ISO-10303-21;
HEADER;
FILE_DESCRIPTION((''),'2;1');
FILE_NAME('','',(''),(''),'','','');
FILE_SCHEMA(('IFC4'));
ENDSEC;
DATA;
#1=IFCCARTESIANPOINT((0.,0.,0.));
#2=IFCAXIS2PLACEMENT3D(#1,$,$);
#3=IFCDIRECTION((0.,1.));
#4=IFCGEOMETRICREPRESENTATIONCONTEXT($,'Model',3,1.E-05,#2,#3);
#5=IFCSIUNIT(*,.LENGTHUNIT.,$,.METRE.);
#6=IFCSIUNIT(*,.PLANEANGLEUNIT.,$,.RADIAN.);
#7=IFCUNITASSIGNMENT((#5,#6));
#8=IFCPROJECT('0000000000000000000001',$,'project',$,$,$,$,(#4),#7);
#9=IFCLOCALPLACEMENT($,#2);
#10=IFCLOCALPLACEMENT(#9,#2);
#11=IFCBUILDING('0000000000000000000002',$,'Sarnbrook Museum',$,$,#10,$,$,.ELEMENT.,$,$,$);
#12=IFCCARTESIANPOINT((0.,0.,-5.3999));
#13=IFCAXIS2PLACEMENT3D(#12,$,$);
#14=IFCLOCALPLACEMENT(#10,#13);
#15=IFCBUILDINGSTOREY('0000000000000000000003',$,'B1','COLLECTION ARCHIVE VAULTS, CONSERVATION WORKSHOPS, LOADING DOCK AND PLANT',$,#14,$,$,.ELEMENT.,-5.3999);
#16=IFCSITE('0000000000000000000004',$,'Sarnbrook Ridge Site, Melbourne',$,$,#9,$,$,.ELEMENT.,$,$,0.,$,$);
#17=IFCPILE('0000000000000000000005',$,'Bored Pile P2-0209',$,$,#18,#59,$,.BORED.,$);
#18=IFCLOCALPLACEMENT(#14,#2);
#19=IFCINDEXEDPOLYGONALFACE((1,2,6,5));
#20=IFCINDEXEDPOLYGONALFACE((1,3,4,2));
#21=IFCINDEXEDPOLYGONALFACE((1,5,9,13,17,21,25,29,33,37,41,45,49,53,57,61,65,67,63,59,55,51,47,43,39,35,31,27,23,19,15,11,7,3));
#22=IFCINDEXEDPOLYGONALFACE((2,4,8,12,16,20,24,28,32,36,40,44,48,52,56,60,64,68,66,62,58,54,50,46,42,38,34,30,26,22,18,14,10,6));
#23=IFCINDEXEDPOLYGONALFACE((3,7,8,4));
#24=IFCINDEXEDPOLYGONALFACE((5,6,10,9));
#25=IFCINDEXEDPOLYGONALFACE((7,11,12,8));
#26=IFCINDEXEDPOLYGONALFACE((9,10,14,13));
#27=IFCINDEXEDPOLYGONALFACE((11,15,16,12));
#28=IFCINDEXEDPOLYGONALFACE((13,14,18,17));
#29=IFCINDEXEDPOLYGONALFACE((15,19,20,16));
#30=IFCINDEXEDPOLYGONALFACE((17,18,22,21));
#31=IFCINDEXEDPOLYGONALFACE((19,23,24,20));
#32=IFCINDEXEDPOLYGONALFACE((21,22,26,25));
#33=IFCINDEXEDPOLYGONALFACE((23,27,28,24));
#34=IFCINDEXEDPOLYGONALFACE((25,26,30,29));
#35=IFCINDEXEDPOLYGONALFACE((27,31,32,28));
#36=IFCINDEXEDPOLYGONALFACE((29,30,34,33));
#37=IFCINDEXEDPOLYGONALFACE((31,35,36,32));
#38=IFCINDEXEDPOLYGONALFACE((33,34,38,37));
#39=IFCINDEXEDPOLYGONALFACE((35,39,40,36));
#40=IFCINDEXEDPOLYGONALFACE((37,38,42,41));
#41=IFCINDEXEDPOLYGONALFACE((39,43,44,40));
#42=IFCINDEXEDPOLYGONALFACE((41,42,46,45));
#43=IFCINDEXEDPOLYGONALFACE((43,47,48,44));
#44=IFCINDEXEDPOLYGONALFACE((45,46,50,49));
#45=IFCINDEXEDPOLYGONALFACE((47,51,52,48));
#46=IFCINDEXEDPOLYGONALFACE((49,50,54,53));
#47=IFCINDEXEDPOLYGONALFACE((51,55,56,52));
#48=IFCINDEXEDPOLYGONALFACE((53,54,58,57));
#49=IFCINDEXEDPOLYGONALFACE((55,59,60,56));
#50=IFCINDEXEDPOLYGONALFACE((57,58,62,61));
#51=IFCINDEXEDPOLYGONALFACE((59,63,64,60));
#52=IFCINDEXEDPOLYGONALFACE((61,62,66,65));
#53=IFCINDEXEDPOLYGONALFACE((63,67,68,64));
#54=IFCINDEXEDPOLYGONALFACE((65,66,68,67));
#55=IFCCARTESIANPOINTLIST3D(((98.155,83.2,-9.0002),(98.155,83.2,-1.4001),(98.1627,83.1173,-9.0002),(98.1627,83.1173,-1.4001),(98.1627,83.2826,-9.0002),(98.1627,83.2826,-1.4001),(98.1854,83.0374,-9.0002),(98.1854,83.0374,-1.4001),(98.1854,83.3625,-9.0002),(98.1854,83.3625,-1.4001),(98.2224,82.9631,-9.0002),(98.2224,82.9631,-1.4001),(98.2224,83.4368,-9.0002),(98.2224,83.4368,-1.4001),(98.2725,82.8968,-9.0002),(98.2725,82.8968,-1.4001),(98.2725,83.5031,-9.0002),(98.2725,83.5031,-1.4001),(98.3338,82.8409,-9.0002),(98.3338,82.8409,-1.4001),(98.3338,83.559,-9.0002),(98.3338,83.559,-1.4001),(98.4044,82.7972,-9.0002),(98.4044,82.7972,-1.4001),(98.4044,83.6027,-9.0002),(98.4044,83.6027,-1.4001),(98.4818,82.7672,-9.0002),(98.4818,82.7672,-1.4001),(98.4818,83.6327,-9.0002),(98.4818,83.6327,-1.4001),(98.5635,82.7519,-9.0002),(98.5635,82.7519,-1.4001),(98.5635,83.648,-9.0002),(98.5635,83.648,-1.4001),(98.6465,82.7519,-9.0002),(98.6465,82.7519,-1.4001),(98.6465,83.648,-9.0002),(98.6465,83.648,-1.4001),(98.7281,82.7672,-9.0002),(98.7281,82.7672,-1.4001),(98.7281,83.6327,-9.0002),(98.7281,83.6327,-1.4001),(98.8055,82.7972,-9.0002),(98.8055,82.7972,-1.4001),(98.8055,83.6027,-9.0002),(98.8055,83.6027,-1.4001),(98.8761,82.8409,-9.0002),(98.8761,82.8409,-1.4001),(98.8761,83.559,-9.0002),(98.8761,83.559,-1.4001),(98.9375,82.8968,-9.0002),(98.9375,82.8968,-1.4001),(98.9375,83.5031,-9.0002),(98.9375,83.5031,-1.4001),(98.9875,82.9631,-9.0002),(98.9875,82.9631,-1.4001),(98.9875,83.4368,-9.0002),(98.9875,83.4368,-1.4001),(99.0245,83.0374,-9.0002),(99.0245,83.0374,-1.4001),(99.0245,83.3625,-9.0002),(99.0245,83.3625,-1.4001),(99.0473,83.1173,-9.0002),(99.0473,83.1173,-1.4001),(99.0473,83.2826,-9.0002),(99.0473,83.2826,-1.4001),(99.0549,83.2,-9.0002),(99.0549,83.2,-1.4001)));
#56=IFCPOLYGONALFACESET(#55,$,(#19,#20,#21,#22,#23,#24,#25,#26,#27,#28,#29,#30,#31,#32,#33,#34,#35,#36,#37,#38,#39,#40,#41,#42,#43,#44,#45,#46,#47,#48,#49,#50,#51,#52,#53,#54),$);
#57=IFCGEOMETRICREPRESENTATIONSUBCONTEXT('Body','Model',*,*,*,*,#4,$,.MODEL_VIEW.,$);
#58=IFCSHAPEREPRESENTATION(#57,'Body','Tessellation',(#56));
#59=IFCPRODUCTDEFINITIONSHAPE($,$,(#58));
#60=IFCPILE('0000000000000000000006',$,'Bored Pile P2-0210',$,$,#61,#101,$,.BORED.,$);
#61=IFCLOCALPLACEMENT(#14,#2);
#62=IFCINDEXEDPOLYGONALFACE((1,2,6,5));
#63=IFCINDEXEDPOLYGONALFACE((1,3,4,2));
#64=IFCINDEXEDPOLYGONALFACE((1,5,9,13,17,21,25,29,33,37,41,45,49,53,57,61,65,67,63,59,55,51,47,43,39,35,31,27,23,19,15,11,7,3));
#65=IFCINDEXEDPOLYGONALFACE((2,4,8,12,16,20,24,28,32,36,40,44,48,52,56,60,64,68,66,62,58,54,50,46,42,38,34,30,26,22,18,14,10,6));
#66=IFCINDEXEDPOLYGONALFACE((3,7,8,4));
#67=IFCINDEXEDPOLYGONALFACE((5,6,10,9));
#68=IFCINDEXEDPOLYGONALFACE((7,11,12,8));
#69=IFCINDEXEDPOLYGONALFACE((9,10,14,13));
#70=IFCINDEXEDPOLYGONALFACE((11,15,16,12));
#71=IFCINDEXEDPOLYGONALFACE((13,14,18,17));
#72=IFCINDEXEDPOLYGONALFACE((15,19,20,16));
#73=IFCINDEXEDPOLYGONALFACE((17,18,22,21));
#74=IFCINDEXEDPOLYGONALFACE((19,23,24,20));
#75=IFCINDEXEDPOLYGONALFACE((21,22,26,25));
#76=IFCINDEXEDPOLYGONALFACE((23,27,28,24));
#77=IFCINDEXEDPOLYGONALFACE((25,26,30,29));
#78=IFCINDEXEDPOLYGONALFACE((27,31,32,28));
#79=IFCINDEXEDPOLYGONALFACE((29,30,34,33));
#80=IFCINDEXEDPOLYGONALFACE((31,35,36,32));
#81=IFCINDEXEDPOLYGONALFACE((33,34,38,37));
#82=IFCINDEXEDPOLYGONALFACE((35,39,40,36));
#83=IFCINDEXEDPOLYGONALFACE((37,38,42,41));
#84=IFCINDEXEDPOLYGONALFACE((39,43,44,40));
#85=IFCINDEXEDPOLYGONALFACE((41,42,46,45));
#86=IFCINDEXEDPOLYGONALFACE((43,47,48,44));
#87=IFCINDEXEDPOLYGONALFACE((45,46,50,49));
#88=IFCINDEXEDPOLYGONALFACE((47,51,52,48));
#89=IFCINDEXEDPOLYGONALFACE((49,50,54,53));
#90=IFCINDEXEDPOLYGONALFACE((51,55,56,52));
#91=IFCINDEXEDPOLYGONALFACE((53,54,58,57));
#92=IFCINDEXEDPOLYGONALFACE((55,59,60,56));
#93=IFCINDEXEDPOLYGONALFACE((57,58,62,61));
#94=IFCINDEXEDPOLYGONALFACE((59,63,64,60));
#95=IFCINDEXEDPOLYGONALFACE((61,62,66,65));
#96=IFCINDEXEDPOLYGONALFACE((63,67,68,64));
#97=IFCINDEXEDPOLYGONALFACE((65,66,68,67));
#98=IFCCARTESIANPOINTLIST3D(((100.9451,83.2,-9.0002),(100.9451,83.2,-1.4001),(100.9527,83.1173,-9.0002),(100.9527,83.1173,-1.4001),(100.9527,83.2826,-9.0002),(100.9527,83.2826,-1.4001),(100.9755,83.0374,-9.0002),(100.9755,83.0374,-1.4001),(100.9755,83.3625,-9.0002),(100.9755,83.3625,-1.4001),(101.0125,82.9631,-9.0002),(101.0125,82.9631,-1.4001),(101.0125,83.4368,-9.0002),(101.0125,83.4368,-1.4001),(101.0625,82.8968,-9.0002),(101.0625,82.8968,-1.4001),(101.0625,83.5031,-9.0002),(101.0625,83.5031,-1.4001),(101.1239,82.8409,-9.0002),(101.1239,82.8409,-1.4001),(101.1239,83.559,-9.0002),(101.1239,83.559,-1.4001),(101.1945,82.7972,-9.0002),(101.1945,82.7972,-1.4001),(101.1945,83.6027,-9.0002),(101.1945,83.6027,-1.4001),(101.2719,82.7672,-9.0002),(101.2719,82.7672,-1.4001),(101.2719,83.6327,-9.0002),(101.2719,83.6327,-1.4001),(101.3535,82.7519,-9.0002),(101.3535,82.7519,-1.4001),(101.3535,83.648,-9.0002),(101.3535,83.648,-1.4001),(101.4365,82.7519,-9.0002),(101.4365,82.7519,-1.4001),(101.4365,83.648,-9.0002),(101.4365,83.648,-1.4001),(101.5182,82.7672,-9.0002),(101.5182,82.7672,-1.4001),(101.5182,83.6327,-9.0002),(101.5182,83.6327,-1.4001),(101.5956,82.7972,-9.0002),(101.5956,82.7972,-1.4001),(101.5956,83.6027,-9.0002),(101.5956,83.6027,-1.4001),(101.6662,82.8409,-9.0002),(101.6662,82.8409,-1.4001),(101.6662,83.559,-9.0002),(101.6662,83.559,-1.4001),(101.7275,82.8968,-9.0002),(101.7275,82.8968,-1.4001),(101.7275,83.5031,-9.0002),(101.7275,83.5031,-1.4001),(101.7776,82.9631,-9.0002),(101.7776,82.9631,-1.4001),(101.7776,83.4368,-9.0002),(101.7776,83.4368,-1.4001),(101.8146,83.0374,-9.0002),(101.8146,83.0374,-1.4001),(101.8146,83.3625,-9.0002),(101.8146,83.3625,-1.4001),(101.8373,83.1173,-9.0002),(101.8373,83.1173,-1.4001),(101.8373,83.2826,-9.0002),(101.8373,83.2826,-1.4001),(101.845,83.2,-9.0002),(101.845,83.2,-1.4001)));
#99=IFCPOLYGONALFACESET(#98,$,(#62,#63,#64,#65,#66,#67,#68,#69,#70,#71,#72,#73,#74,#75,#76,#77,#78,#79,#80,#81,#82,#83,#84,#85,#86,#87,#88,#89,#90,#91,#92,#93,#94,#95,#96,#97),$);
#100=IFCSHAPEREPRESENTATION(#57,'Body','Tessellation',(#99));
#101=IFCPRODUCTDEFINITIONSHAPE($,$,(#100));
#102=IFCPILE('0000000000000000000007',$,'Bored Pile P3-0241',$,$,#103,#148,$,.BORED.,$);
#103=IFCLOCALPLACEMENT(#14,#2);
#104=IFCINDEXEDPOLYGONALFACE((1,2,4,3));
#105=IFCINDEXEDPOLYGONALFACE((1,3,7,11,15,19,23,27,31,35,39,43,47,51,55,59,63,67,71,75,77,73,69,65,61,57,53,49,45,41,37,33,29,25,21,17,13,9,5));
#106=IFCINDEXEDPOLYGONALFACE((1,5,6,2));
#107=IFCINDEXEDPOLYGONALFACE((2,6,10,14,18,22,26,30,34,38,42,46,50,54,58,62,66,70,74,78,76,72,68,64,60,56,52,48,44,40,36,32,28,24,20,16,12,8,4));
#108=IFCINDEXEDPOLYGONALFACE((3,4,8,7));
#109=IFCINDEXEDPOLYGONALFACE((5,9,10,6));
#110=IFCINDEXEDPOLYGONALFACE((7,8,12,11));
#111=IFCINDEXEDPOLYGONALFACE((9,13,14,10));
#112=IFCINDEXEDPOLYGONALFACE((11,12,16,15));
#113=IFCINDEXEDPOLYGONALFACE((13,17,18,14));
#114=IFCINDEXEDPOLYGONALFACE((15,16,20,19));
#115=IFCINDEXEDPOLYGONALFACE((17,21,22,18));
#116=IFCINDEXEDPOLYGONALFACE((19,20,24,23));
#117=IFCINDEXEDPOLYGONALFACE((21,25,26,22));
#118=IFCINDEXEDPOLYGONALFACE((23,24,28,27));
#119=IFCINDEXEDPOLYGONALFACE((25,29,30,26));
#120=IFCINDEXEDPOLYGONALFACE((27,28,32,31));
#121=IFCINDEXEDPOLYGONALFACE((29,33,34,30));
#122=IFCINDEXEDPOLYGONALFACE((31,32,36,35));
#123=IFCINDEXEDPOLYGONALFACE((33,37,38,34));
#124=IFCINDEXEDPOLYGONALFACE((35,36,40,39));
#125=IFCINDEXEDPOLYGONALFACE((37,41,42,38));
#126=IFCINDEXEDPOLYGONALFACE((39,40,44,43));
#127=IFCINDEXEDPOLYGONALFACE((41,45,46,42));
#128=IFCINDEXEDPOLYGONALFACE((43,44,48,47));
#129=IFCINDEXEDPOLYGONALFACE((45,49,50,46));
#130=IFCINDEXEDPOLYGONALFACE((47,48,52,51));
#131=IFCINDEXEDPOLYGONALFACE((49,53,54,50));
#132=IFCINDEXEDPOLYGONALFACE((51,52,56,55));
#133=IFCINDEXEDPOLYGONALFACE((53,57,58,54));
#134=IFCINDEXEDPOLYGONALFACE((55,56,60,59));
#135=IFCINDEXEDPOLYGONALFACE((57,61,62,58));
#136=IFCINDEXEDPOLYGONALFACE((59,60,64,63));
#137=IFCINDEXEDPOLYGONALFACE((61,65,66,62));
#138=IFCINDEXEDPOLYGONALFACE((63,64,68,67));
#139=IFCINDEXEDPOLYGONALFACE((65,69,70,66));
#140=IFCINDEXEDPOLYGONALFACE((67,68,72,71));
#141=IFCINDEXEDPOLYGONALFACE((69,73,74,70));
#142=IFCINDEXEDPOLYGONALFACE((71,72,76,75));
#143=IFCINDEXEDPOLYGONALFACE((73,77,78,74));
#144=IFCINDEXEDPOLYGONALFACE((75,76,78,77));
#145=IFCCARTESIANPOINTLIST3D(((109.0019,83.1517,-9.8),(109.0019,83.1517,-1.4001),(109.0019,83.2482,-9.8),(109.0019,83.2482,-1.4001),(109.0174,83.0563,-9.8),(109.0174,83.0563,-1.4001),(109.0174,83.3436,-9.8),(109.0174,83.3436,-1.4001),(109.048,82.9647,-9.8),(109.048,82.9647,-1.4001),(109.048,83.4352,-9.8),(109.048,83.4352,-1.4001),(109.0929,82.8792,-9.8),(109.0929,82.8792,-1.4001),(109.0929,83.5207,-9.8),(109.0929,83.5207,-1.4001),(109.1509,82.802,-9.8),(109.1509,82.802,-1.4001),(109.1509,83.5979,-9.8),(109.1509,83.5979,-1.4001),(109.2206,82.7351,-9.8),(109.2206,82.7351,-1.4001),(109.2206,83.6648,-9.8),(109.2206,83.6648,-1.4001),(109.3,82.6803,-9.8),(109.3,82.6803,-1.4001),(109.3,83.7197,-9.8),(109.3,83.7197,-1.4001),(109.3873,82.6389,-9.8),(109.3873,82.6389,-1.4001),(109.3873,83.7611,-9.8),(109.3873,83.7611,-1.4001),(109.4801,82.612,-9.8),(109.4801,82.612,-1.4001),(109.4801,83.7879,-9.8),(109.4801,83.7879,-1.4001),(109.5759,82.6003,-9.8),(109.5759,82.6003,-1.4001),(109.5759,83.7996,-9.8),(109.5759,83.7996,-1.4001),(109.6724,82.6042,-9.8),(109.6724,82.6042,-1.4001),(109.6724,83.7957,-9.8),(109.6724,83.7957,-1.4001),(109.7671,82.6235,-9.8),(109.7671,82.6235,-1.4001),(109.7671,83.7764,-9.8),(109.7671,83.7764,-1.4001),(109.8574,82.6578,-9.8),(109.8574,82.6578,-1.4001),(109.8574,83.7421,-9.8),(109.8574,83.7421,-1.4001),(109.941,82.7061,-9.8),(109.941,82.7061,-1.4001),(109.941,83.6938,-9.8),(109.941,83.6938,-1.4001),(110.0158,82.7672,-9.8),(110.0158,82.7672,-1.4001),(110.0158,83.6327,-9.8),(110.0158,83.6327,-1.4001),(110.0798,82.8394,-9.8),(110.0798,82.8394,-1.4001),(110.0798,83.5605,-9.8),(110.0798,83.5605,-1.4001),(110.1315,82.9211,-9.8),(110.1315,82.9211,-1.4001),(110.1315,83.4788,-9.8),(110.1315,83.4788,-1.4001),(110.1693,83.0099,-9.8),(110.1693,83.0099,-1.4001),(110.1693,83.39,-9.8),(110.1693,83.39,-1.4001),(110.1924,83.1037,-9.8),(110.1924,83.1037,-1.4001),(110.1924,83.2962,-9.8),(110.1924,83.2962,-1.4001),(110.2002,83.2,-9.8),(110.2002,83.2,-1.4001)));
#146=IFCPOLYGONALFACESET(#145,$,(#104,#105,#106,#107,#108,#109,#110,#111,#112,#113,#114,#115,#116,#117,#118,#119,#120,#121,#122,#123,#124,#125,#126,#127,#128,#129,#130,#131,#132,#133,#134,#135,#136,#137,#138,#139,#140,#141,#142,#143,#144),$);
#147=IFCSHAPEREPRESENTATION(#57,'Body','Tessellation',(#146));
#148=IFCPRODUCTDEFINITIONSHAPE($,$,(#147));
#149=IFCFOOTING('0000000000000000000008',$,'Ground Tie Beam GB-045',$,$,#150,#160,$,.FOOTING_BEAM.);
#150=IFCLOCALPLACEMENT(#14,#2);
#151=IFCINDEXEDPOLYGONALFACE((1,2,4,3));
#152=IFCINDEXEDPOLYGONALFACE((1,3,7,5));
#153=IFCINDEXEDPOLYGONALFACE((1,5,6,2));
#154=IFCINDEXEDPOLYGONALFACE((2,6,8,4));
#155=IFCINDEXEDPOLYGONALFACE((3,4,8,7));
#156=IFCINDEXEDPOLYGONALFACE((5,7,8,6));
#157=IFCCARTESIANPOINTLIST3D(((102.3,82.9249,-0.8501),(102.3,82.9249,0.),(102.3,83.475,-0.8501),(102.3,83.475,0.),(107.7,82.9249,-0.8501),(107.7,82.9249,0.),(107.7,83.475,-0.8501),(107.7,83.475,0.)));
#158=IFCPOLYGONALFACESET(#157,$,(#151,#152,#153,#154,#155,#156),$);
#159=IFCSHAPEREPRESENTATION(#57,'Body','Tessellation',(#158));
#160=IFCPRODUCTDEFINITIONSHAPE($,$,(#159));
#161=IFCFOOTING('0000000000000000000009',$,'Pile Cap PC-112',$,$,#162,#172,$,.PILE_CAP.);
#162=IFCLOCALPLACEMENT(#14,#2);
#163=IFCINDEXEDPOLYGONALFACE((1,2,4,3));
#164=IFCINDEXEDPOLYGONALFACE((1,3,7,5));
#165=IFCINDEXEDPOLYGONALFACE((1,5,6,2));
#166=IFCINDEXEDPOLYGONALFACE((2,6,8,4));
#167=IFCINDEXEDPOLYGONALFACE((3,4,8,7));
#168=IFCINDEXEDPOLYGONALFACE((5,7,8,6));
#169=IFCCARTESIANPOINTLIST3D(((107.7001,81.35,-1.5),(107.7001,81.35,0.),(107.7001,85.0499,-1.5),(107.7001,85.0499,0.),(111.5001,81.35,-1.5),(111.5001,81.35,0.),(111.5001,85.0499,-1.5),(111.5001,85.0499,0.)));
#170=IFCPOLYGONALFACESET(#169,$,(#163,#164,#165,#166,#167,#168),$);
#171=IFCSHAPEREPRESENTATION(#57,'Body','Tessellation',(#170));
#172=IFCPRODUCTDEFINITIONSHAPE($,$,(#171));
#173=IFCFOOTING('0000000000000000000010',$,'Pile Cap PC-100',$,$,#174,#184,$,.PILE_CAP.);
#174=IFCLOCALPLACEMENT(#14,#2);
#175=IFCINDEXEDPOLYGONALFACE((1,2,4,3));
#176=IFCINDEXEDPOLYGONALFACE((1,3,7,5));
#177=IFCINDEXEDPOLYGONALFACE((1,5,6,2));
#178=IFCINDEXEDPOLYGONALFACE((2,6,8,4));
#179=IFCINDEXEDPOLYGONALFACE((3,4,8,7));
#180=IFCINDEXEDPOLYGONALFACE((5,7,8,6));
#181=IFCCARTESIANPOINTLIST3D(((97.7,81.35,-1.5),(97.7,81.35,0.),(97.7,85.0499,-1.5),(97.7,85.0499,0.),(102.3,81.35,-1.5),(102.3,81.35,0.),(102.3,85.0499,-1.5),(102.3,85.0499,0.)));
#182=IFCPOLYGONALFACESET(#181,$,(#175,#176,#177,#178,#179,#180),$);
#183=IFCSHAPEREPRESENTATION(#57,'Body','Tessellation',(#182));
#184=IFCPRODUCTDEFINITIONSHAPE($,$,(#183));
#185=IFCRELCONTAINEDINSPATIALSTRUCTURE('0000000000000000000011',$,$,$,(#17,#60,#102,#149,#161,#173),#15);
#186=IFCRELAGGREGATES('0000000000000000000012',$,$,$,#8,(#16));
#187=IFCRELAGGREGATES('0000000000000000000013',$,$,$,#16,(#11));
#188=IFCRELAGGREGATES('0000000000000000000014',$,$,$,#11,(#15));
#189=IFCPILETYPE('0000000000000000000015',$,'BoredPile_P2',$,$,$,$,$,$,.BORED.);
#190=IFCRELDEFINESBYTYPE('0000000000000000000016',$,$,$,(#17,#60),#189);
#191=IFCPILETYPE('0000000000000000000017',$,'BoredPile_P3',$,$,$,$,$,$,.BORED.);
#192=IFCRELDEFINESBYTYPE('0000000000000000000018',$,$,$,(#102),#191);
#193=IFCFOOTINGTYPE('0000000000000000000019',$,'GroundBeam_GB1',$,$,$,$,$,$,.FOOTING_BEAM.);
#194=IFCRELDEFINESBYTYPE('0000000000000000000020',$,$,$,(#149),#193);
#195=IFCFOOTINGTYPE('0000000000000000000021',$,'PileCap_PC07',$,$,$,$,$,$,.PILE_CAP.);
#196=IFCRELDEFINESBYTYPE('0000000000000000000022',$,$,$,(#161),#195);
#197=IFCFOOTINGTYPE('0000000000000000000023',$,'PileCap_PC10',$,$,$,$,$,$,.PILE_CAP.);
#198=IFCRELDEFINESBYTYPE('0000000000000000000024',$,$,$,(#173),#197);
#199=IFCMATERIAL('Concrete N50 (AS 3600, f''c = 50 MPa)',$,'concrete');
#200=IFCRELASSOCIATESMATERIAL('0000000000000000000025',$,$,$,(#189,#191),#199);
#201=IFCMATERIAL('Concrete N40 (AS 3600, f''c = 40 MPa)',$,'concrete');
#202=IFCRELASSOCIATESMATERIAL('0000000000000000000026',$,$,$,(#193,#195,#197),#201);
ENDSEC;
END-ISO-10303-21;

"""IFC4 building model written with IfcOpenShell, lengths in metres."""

from ifc_helpers import new_model, si_unit, direction, frame, origin, origin_2d, place, context, subcontext, project, spatial, rectangle, circle, extrude, material, material_profile, profile_set, type_object, element, save


model = new_model("IFC4")

# Units and contexts
model_context = context("Model", 3, precision=1e-05, world=origin(), true_north=direction((0.0, 1.0)))
body_context = subcontext(model_context, "Body", "Model", "MODEL_VIEW")
ifc_project = project(units=[si_unit("LENGTHUNIT", "METRE"), si_unit("PLANEANGLEUNIT", "RADIAN")], contexts=[model_context])

# Site, building, storey
site_placement = place(None, origin())
site = spatial("IfcSite", under=ifc_project, at=site_placement, Name="Sarnbrook Ridge Site, Melbourne", CompositionType="ELEMENT", RefElevation=0.0)
building_placement = place(site_placement, origin())
building = spatial("IfcBuilding", under=site, at=building_placement, Name="Sarnbrook Museum", CompositionType="ELEMENT")
storey_placement = place(building_placement, frame((0.0, 0.0, -5.3999)))
storey = spatial("IfcBuildingStorey", under=building, at=storey_placement, Name="B1", Description="COLLECTION ARCHIVE VAULTS, CONSERVATION WORKSHOPS, LOADING DOCK AND PLANT", CompositionType="ELEMENT", Elevation=-5.3999)

# Piles
ifc_material_1 = material(Name="Concrete N50 (AS 3600, f'c = 50 MPa)", Category="concrete")
ifc_material_profile_1 = material_profile(ifc_material_1, circle(Radius=0.45, at=origin_2d()), Name="BORED PILE D900")
ifc_profile_set_1 = profile_set([ifc_material_profile_1], Name="Concrete N50 (AS 3600, f'c = 50 MPa)")
pile_type_1 = type_object("IfcPileType", Name="BoredPile_P2", PredefinedType="BORED", material=ifc_profile_set_1)
for number, where, z_axis, x_axis, name in (
    (1, (98.605, 83.2, -1.4001), (0.0, 0.0, -1.0), (1.0, 0.0, 0.0), "Bored Pile P2-0209"),
    (2, (101.395, 83.2, -1.4001), (0.0, 0.0, -1.0), (1.0, 0.0, 0.0), "Bored Pile P2-0210"),
):
    element("IfcPile", number, at=place(storey_placement, frame(where, z_axis=z_axis, x_axis=x_axis)), inside=storey, type_object=pile_type_1, Name=name, PredefinedType="BORED", context=body_context, shape_type="SweptSolid", body=[
        extrude(circle(Radius=0.45, at=origin_2d()), origin(), (0.0, 0.0, 1.0), 7.6001),
    ])
ifc_material_profile_2 = material_profile(ifc_material_1, circle(Radius=0.6001, at=origin_2d()), Name="BORED PILE D1200")
ifc_profile_set_2 = profile_set([ifc_material_profile_2], Name="Concrete N50 (AS 3600, f'c = 50 MPa)")
pile_type_2 = type_object("IfcPileType", Name="BoredPile_P3", PredefinedType="BORED", material=ifc_profile_set_2)
pile_placement = place(storey_placement, frame((109.6001, 83.2, -1.4001), z_axis=(0.0, 0.0, -1.0), x_axis=(1.0, 0.0, 0.0)))
element("IfcPile", 3, at=pile_placement, inside=storey, type_object=pile_type_2, Name="Bored Pile P3-0241", PredefinedType="BORED", context=body_context, shape_type="SweptSolid", body=[
    extrude(circle(Radius=0.6001, at=origin_2d()), origin(), (0.0, 0.0, 1.0), 8.3999),
])

# Footings
ifc_material_2 = material(Name="Concrete N40 (AS 3600, f'c = 40 MPa)", Category="concrete")
footing_type_1 = type_object("IfcFootingType", Name="GroundBeam_GB1", PredefinedType="FOOTING_BEAM", material=ifc_material_2)
footing_1_placement = place(storey_placement, frame((105.0, 83.2, -0.8501), z_axis=(0.0, 0.0, 1.0), x_axis=(1.0, 0.0, 0.0)))
element("IfcFooting", 4, at=footing_1_placement, inside=storey, type_object=footing_type_1, Name="Ground Tie Beam GB-045", PredefinedType="FOOTING_BEAM", context=body_context, shape_type="SweptSolid", body=[
    extrude(rectangle(XDim=5.3999, YDim=0.55, at=origin_2d()), origin(), (0.0, 0.0, 1.0), 0.8501),
])
footing_type_2 = type_object("IfcFootingType", Name="PileCap_PC07", PredefinedType="PILE_CAP", material=ifc_material_2)
footing_2_placement = place(storey_placement, frame((109.6001, 83.2, -1.5), z_axis=(0.0, 0.0, 1.0), x_axis=(1.0, 0.0, 0.0)))
element("IfcFooting", 5, at=footing_2_placement, inside=storey, type_object=footing_type_2, Name="Pile Cap PC-112", PredefinedType="PILE_CAP", context=body_context, shape_type="SweptSolid", body=[
    extrude(rectangle(XDim=3.8, YDim=3.7, at=origin_2d()), origin(), (0.0, 0.0, 1.0), 1.5),
])
footing_type_3 = type_object("IfcFootingType", Name="PileCap_PC10", PredefinedType="PILE_CAP", material=ifc_material_2)
footing_3_placement = place(storey_placement, frame((100.0, 83.2, -1.5), z_axis=(0.0, 0.0, 1.0), x_axis=(1.0, 0.0, 0.0)))
element("IfcFooting", 6, at=footing_3_placement, inside=storey, type_object=footing_type_3, Name="Pile Cap PC-100", PredefinedType="PILE_CAP", context=body_context, shape_type="SweptSolid", body=[
    extrude(rectangle(XDim=4.6001, YDim=3.7, at=origin_2d()), origin(), (0.0, 0.0, 1.0), 1.5),
])

save(model, "model.ifc")
